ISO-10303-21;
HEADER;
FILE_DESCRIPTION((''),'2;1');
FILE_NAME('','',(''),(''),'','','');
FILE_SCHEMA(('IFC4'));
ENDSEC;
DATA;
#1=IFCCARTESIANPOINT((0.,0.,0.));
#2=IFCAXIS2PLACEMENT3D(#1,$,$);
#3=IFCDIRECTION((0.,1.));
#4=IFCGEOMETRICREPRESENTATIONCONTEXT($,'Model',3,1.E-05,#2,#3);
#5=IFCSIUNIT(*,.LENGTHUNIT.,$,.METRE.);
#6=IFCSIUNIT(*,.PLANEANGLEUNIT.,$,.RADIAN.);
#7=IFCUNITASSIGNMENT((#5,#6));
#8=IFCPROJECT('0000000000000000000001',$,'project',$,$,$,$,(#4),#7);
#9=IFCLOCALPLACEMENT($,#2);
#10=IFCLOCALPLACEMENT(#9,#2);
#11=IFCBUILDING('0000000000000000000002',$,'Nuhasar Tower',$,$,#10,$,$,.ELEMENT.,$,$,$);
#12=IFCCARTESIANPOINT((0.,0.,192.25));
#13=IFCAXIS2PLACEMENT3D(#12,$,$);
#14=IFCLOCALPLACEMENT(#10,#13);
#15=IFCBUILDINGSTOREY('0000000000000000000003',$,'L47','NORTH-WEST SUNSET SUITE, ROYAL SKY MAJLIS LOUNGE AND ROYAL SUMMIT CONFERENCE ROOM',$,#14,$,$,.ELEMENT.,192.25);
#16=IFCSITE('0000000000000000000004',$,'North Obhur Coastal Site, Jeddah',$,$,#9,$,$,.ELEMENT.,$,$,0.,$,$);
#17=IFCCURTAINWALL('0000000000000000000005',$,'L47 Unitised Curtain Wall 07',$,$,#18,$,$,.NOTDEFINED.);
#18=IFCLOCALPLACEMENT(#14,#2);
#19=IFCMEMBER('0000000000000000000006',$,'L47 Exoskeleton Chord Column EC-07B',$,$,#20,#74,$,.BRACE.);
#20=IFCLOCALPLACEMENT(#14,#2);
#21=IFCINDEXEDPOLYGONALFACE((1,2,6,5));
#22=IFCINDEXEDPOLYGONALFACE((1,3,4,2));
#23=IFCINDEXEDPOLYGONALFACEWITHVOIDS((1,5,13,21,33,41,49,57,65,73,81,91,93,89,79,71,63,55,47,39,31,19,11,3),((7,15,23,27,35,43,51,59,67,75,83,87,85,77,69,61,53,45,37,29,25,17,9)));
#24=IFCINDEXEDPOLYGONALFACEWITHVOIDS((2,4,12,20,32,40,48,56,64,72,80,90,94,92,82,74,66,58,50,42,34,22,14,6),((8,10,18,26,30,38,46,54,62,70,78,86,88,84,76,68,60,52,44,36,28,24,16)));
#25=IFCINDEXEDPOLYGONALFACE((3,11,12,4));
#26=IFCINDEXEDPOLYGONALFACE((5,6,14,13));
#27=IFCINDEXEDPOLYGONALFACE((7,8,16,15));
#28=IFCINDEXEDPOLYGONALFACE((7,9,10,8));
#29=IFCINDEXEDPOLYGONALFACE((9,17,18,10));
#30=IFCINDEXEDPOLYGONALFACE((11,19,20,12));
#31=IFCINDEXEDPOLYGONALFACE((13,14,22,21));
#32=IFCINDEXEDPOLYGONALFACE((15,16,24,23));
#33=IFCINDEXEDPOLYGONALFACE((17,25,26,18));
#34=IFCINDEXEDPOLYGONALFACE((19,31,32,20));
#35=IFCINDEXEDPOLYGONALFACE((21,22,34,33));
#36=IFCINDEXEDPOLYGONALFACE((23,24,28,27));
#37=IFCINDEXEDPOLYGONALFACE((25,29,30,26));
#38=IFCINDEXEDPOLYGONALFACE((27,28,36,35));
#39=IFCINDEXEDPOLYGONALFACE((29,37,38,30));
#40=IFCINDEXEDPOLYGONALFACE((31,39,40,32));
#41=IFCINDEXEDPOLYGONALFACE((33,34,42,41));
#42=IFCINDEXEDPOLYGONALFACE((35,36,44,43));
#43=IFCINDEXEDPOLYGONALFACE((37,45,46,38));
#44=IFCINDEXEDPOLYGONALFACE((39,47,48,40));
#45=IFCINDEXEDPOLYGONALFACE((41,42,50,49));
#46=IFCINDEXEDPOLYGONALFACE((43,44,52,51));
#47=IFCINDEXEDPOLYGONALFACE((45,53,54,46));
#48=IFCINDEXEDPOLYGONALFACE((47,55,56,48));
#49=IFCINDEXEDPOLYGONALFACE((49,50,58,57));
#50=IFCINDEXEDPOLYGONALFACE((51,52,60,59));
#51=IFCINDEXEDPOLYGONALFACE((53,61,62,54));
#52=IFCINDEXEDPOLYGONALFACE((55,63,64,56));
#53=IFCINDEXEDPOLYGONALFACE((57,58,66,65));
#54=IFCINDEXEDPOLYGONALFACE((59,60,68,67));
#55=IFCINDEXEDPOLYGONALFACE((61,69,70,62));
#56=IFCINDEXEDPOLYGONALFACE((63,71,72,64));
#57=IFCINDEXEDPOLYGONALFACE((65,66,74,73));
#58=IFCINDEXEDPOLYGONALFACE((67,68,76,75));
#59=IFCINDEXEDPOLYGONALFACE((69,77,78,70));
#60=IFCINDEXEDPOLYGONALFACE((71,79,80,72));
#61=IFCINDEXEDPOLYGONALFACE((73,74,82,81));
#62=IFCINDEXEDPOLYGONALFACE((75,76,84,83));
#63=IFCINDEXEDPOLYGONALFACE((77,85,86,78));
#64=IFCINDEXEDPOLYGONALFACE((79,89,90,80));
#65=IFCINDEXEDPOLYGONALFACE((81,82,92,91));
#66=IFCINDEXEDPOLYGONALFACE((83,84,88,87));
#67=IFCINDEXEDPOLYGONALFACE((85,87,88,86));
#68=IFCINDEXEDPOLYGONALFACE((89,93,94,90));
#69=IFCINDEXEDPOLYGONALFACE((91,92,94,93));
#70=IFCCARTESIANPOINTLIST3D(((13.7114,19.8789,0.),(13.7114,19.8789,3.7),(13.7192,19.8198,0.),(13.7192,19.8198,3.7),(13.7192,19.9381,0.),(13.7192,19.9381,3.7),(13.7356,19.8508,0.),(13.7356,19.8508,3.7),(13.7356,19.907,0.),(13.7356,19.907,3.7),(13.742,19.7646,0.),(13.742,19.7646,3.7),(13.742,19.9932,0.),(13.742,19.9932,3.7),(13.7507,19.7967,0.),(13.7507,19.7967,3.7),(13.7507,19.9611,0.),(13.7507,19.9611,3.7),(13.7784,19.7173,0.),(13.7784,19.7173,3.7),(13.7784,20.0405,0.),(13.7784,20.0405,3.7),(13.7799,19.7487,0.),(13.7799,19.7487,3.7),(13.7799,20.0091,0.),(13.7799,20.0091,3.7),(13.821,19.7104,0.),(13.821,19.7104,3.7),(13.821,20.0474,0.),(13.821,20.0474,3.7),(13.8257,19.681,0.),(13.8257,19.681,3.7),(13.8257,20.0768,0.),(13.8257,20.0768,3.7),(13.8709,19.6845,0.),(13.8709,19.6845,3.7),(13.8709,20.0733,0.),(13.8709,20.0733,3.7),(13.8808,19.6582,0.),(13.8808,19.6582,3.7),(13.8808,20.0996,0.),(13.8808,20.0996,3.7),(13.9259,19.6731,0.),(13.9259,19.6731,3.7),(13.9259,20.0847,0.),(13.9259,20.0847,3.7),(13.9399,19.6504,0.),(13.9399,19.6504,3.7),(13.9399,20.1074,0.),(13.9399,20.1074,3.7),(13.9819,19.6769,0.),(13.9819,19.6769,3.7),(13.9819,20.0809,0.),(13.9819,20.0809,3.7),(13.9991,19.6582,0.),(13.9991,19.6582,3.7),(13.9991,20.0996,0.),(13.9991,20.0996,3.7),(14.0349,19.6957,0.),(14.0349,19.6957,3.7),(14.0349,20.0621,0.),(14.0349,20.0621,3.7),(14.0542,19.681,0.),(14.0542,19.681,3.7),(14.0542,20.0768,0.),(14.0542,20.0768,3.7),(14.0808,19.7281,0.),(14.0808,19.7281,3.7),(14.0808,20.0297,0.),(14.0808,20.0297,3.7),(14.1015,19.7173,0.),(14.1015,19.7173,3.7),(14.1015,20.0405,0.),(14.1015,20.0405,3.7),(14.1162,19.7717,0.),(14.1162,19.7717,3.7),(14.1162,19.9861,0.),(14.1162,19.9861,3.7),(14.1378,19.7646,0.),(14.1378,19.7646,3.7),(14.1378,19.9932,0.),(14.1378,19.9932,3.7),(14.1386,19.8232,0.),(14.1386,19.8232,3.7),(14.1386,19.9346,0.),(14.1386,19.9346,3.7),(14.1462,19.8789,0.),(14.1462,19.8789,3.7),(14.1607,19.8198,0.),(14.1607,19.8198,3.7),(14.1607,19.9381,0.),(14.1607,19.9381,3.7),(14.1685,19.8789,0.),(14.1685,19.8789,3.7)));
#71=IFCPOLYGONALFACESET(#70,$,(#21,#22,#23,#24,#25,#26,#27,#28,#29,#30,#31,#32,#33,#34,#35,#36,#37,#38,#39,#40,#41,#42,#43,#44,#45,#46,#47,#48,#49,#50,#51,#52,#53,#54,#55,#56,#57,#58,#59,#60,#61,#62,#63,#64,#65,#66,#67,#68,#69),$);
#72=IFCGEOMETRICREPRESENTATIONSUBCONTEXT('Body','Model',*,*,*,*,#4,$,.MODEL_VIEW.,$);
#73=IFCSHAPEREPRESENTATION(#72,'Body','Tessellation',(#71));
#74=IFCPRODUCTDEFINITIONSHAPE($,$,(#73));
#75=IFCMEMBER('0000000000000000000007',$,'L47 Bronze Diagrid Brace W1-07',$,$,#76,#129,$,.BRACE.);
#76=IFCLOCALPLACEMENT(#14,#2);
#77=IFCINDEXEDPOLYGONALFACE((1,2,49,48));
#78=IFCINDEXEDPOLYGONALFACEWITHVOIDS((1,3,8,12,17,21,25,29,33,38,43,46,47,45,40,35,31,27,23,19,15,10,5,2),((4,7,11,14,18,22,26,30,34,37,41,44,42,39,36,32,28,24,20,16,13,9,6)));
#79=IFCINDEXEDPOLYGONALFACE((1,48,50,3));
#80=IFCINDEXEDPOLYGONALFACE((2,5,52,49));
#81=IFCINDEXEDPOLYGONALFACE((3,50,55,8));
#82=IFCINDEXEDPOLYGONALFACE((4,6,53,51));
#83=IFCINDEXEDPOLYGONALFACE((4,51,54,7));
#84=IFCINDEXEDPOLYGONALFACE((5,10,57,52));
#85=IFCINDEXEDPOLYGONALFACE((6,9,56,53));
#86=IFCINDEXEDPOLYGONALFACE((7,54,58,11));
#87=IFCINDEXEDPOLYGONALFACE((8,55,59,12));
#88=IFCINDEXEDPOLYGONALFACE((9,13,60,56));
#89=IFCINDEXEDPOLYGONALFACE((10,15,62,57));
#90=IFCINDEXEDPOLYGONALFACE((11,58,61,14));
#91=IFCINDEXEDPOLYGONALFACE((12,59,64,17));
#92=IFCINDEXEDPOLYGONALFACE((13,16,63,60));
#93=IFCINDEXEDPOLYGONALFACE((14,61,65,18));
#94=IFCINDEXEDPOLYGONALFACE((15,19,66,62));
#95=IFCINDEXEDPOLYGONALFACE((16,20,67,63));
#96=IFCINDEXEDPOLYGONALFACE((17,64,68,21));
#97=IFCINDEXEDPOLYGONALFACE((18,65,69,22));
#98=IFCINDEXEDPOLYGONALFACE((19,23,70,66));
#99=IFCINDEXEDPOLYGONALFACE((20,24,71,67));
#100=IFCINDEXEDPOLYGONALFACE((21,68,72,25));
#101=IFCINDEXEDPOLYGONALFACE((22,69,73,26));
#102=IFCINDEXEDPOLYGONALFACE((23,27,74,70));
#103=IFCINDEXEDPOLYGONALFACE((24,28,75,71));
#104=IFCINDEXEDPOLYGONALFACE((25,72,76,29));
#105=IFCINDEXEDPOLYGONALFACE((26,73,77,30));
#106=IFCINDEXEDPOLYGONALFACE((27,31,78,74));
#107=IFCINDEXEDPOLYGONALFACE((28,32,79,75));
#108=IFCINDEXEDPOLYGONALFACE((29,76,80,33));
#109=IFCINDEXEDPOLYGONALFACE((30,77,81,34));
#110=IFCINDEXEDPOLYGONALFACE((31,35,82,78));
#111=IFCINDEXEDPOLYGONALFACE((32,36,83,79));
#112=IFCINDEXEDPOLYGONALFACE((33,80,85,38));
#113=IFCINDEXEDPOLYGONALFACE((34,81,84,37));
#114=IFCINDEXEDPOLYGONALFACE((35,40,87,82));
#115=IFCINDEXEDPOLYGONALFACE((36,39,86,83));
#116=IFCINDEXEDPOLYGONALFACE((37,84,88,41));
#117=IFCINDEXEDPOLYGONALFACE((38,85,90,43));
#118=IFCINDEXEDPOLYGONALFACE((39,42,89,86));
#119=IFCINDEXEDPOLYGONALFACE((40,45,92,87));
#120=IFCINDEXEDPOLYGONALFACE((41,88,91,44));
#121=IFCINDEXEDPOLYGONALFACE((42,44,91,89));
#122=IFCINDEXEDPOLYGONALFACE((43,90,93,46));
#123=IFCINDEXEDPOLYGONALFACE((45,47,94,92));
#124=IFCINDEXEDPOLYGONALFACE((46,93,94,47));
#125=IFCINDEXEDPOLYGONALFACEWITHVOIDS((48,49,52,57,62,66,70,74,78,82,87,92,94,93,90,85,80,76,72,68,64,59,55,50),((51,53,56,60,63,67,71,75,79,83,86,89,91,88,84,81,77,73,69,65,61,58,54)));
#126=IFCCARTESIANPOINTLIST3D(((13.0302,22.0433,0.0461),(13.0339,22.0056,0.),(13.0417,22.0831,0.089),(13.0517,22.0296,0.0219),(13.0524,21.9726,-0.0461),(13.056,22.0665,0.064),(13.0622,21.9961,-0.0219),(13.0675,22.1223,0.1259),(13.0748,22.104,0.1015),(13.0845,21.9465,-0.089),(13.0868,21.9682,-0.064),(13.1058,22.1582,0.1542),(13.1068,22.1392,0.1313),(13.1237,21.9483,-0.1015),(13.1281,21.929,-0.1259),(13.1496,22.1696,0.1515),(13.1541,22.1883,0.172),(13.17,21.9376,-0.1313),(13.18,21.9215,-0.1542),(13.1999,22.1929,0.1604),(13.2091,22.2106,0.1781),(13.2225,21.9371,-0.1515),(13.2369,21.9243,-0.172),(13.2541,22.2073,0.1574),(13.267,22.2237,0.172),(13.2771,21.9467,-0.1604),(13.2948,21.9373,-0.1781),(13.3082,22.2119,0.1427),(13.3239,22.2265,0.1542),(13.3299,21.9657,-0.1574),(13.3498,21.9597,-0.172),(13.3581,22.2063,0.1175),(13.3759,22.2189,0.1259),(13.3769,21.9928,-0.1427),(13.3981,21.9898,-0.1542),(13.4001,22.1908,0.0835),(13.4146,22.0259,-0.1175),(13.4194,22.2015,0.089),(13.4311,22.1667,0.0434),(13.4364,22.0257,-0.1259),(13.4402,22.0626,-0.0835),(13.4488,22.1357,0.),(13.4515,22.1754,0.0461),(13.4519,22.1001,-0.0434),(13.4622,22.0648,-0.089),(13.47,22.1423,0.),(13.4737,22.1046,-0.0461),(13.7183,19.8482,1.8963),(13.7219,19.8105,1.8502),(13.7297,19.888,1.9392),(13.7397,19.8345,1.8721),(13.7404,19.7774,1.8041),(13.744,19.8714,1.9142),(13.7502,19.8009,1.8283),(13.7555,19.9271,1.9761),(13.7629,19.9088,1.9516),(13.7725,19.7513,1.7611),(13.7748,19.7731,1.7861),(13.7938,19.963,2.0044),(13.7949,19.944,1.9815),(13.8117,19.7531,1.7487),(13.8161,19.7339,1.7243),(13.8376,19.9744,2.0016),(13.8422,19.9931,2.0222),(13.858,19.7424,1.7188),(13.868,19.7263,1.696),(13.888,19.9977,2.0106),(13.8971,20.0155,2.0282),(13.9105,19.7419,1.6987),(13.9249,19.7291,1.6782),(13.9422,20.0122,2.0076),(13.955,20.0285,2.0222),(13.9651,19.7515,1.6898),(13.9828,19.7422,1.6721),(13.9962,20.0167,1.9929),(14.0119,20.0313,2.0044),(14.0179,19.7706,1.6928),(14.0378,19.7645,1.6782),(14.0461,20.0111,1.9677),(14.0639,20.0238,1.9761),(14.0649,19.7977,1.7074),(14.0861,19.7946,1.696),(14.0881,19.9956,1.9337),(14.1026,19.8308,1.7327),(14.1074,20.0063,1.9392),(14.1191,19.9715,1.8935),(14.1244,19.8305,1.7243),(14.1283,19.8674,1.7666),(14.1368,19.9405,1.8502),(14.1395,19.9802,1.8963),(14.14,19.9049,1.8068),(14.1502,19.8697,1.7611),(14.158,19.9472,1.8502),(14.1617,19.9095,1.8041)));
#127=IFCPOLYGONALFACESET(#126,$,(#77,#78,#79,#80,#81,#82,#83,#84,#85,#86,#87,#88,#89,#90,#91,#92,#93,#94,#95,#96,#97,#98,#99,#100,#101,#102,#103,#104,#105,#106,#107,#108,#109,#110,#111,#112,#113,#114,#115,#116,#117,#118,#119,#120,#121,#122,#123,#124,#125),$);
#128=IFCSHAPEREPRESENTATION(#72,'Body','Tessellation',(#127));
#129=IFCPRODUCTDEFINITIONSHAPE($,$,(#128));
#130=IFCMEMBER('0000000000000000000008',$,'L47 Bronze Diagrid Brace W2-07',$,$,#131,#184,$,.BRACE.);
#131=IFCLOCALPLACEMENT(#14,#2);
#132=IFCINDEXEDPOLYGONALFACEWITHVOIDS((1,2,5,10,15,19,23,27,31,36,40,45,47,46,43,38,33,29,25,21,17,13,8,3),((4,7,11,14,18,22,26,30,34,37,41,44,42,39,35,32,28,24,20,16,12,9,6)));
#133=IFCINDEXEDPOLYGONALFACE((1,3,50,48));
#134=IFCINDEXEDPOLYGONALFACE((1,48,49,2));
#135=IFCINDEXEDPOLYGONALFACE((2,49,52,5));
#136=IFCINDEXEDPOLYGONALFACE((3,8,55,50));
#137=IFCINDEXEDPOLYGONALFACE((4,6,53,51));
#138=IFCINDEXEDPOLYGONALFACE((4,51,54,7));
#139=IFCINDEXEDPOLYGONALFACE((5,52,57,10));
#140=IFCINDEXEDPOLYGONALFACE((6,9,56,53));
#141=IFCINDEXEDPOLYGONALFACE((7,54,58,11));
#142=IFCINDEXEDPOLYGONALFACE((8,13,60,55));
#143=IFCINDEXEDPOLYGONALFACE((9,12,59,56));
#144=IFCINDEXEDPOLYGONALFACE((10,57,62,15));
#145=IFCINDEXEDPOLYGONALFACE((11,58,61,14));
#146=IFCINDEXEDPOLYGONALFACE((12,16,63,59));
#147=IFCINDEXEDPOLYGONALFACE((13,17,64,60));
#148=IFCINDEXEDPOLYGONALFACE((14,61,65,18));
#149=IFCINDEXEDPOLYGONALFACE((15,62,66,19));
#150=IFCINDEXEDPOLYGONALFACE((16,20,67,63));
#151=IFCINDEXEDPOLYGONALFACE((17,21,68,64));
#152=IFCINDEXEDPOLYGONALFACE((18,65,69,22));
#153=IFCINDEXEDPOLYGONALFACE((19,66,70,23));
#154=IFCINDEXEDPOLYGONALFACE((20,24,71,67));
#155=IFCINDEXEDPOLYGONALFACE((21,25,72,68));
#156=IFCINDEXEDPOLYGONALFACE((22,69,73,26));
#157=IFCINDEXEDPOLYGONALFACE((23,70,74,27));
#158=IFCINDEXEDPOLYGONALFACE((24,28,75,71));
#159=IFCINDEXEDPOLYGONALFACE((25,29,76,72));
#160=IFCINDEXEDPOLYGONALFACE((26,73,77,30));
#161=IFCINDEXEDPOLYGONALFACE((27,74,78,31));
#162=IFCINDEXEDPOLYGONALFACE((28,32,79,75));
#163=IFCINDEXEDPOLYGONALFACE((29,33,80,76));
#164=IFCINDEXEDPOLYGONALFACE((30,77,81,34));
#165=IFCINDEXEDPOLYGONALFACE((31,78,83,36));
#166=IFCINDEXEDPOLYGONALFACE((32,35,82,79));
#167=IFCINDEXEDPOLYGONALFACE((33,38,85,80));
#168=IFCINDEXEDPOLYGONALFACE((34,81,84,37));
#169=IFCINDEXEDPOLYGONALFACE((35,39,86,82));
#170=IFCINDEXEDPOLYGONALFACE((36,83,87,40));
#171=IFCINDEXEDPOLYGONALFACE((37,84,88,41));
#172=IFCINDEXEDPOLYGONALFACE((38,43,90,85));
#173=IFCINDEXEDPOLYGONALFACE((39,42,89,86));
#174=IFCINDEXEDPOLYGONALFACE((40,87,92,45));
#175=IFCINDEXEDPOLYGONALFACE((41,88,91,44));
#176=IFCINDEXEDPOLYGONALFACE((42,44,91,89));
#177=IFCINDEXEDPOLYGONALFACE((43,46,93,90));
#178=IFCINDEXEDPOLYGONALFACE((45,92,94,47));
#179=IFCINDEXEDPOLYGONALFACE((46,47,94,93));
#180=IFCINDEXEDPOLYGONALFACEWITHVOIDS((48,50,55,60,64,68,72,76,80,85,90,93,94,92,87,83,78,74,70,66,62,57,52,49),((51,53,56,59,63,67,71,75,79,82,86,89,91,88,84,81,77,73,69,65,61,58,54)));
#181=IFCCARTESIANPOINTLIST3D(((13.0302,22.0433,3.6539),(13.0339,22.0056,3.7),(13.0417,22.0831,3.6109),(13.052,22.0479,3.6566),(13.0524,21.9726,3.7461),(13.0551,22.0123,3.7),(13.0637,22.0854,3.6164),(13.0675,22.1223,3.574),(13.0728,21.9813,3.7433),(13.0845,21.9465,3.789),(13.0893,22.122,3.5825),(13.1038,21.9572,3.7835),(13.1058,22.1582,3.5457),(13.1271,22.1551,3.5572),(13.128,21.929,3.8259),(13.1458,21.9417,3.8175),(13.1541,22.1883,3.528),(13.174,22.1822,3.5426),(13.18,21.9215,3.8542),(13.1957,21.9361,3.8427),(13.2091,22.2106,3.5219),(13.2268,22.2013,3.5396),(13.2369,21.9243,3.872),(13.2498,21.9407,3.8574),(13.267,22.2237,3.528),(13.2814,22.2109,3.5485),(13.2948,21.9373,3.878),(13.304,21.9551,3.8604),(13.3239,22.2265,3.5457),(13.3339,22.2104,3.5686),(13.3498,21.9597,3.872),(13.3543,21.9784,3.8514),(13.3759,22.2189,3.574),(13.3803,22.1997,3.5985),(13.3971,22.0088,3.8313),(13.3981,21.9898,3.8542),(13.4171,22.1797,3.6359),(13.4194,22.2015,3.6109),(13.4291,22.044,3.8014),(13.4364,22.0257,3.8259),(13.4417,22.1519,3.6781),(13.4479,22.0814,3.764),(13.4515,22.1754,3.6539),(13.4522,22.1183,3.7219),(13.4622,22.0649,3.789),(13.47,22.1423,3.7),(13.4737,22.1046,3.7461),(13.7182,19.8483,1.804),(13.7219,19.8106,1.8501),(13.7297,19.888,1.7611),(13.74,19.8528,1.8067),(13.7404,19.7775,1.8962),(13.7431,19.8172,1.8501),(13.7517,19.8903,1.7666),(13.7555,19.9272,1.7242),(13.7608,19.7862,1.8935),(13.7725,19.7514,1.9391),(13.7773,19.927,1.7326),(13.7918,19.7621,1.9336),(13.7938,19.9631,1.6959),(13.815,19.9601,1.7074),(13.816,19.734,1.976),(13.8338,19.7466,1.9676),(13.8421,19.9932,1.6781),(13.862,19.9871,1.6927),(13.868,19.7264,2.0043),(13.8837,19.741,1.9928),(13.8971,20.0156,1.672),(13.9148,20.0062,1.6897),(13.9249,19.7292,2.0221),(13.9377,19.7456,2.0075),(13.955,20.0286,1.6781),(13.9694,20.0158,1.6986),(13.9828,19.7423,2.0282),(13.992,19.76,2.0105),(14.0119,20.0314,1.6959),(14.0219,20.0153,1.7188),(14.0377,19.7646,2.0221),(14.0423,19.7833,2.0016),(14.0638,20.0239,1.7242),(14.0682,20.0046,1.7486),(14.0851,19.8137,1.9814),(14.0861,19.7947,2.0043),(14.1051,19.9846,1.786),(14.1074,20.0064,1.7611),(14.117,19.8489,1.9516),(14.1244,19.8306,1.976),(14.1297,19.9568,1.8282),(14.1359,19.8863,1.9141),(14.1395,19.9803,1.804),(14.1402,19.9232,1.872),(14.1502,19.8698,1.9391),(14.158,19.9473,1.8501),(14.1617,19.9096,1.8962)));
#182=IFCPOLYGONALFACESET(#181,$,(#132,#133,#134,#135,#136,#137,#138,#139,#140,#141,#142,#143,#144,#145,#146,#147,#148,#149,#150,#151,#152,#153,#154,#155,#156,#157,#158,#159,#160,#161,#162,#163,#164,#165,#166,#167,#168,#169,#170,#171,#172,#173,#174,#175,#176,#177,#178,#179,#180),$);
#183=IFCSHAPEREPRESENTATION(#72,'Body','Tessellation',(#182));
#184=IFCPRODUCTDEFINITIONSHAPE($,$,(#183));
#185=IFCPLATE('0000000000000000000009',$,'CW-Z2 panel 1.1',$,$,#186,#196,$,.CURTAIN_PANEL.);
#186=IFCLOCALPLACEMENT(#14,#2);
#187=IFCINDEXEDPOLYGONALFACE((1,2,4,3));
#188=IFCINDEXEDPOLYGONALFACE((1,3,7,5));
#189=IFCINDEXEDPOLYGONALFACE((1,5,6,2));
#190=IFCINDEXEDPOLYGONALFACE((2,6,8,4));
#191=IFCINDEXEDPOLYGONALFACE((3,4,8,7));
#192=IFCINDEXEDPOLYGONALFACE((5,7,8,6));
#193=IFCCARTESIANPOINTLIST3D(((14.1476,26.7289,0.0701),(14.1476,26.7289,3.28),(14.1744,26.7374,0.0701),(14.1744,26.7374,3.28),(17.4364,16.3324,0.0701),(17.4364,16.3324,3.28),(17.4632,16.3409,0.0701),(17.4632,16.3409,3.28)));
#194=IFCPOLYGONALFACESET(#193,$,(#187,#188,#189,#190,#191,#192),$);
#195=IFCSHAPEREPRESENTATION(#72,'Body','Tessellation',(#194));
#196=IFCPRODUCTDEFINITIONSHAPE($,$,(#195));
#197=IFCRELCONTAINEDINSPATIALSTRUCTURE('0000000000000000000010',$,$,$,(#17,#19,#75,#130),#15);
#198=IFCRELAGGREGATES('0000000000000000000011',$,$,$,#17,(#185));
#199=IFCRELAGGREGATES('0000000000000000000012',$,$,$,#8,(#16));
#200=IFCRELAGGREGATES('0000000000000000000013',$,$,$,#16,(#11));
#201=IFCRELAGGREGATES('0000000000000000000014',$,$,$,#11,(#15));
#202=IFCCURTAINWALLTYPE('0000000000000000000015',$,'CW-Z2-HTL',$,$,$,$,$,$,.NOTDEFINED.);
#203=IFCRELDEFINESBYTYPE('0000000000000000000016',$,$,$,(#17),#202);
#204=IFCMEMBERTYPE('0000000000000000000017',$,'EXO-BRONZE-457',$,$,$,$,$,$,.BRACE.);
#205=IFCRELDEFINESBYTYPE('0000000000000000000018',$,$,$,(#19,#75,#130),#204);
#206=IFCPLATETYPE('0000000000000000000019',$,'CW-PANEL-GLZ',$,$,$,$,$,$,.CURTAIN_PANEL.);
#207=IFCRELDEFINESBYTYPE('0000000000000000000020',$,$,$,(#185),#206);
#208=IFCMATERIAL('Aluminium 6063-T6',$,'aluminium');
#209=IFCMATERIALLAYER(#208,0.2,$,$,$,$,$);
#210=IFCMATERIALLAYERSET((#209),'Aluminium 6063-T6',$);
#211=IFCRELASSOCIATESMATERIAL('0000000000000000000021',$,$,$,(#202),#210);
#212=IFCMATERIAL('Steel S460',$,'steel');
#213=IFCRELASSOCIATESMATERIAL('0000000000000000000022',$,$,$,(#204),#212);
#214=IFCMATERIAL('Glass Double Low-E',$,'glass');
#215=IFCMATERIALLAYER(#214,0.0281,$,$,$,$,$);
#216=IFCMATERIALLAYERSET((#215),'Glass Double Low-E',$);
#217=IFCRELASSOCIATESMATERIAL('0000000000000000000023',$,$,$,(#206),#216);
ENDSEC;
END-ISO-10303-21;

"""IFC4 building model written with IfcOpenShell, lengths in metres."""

from ifc_helpers import new_model, si_unit, direction, frame, origin, origin_2d, place, context, subcontext, project, spatial, rectangle, hollow_circle, extrude, material, layer, layer_set, material_profile, profile_set, type_object, element, aggregate, save


model = new_model("IFC4")

# Units and contexts
model_context = context("Model", 3, precision=1e-05, world=origin(), true_north=direction((0.0, 1.0)))
body_context = subcontext(model_context, "Body", "Model", "MODEL_VIEW")
ifc_project = project(units=[si_unit("LENGTHUNIT", "METRE"), si_unit("PLANEANGLEUNIT", "RADIAN")], contexts=[model_context])

# Site, building, storey
site_placement = place(None, origin())
site = spatial("IfcSite", under=ifc_project, at=site_placement, Name="North Obhur Coastal Site, Jeddah", CompositionType="ELEMENT", RefElevation=0.0)
building_placement = place(site_placement, origin())
building = spatial("IfcBuilding", under=site, at=building_placement, Name="Nuhasar Tower", CompositionType="ELEMENT")
storey_placement = place(building_placement, frame((0.0, 0.0, 192.25)))
storey = spatial("IfcBuildingStorey", under=building, at=storey_placement, Name="L47", Description="NORTH-WEST SUNSET SUITE, ROYAL SKY MAJLIS LOUNGE AND ROYAL SUMMIT CONFERENCE ROOM", CompositionType="ELEMENT", Elevation=192.25)

# Curtain wall
ifc_material_1 = material(Name="Aluminium 6063-T6", Category="aluminium")
ifc_layer_1 = layer(ifc_material_1, 0.2)
ifc_layer_set_1 = layer_set([ifc_layer_1], Name="Aluminium 6063-T6")
curtain_wall_type = type_object("IfcCurtainWallType", Name="CW-Z2-HTL", PredefinedType="NOTDEFINED", material=ifc_layer_set_1)
curtain_wall_1_placement = place(storey_placement, origin())
curtain_wall_1 = element("IfcCurtainWall", 1, at=curtain_wall_1_placement, inside=storey, type_object=curtain_wall_type, Name="L47 Unitised Curtain Wall 07", PredefinedType="NOTDEFINED")

# Members
ifc_material_2 = material(Name="Steel S460", Category="steel")
ifc_material_profile_1 = material_profile(ifc_material_2, hollow_circle(Radius=0.2285, WallThickness=0.0222, at=origin_2d()), Name="HSS457X22.2")
ifc_profile_set_1 = profile_set([ifc_material_profile_1], Name="Steel S460")
member_type_1 = type_object("IfcMemberType", Name="EXO-BRONZE-457", PredefinedType="BRACE", material=ifc_profile_set_1)
for number, where, z_axis, x_axis, name in (
    (2, (13.9399, 19.8789, 0.0), (0.0, 0.0, 1.0), (1.0, 0.0, 0.0), "L47 Exoskeleton Chord Column EC-07B"),
):
    element("IfcMember", number, at=place(storey_placement, frame(where, z_axis=z_axis, x_axis=x_axis)), inside=storey, type_object=member_type_1, Name=name, PredefinedType="BRACE", context=body_context, shape_type="SweptSolid", body=[
        extrude(hollow_circle(Radius=0.2285, WallThickness=0.0222, at=origin_2d()), origin(), (0.0, 0.0, 1.0), 3.7),
    ])
member_1_placement = place(storey_placement, frame((13.252, 22.074, 0.0), z_axis=(0.233056, -0.743578, 0.626719), x_axis=(0.954228, 0.299079, 0.0)))
element("IfcMember", 3, at=member_1_placement, inside=storey, type_object=member_type_1, Name="L47 Bronze Diagrid Brace W1-07", PredefinedType="BRACE", context=body_context, shape_type="SweptSolid", body=[
    extrude(hollow_circle(Radius=0.2285, WallThickness=0.0222, at=origin_2d()), origin(), (0.0, 0.0, 1.0), 2.9521),
])
member_2_placement = place(storey_placement, frame((13.9399, 19.8789, 1.8501), z_axis=(-0.233068, 0.743616, 0.626669), x_axis=(-0.954228, -0.299079, 0.0)))
element("IfcMember", 4, at=member_2_placement, inside=storey, type_object=member_type_1, Name="L47 Bronze Diagrid Brace W2-07", PredefinedType="BRACE", context=body_context, shape_type="SweptSolid", body=[
    extrude(hollow_circle(Radius=0.2285, WallThickness=0.0222, at=origin_2d()), origin(), (0.0, 0.0, 1.0), 2.9519),
])

# Plate
ifc_material_3 = material(Name="Glass Double Low-E", Category="glass")
ifc_layer_2 = layer(ifc_material_3, 0.0281)
ifc_layer_set_2 = layer_set([ifc_layer_2], Name="Glass Double Low-E")
plate_type = type_object("IfcPlateType", Name="CW-PANEL-GLZ", PredefinedType="CURTAIN_PANEL", material=ifc_layer_set_2)
plate_placement = place(storey_placement, frame((15.8054, 21.5349, 0.0701), z_axis=(0.0, 0.0, 1.0), x_axis=(0.301604, -0.953433, 0.0)))
plate = element("IfcPlate", 5, at=plate_placement, type_object=plate_type, Name="CW-Z2 panel 1.1", PredefinedType="CURTAIN_PANEL", context=body_context, shape_type="SweptSolid", body=[
    extrude(rectangle(XDim=10.9043, YDim=0.0281, at=origin_2d()), origin(), (0.0, 0.0, 1.0), 3.21),
])
aggregate(curtain_wall_1, [plate])

save(model, "model.ifc")
